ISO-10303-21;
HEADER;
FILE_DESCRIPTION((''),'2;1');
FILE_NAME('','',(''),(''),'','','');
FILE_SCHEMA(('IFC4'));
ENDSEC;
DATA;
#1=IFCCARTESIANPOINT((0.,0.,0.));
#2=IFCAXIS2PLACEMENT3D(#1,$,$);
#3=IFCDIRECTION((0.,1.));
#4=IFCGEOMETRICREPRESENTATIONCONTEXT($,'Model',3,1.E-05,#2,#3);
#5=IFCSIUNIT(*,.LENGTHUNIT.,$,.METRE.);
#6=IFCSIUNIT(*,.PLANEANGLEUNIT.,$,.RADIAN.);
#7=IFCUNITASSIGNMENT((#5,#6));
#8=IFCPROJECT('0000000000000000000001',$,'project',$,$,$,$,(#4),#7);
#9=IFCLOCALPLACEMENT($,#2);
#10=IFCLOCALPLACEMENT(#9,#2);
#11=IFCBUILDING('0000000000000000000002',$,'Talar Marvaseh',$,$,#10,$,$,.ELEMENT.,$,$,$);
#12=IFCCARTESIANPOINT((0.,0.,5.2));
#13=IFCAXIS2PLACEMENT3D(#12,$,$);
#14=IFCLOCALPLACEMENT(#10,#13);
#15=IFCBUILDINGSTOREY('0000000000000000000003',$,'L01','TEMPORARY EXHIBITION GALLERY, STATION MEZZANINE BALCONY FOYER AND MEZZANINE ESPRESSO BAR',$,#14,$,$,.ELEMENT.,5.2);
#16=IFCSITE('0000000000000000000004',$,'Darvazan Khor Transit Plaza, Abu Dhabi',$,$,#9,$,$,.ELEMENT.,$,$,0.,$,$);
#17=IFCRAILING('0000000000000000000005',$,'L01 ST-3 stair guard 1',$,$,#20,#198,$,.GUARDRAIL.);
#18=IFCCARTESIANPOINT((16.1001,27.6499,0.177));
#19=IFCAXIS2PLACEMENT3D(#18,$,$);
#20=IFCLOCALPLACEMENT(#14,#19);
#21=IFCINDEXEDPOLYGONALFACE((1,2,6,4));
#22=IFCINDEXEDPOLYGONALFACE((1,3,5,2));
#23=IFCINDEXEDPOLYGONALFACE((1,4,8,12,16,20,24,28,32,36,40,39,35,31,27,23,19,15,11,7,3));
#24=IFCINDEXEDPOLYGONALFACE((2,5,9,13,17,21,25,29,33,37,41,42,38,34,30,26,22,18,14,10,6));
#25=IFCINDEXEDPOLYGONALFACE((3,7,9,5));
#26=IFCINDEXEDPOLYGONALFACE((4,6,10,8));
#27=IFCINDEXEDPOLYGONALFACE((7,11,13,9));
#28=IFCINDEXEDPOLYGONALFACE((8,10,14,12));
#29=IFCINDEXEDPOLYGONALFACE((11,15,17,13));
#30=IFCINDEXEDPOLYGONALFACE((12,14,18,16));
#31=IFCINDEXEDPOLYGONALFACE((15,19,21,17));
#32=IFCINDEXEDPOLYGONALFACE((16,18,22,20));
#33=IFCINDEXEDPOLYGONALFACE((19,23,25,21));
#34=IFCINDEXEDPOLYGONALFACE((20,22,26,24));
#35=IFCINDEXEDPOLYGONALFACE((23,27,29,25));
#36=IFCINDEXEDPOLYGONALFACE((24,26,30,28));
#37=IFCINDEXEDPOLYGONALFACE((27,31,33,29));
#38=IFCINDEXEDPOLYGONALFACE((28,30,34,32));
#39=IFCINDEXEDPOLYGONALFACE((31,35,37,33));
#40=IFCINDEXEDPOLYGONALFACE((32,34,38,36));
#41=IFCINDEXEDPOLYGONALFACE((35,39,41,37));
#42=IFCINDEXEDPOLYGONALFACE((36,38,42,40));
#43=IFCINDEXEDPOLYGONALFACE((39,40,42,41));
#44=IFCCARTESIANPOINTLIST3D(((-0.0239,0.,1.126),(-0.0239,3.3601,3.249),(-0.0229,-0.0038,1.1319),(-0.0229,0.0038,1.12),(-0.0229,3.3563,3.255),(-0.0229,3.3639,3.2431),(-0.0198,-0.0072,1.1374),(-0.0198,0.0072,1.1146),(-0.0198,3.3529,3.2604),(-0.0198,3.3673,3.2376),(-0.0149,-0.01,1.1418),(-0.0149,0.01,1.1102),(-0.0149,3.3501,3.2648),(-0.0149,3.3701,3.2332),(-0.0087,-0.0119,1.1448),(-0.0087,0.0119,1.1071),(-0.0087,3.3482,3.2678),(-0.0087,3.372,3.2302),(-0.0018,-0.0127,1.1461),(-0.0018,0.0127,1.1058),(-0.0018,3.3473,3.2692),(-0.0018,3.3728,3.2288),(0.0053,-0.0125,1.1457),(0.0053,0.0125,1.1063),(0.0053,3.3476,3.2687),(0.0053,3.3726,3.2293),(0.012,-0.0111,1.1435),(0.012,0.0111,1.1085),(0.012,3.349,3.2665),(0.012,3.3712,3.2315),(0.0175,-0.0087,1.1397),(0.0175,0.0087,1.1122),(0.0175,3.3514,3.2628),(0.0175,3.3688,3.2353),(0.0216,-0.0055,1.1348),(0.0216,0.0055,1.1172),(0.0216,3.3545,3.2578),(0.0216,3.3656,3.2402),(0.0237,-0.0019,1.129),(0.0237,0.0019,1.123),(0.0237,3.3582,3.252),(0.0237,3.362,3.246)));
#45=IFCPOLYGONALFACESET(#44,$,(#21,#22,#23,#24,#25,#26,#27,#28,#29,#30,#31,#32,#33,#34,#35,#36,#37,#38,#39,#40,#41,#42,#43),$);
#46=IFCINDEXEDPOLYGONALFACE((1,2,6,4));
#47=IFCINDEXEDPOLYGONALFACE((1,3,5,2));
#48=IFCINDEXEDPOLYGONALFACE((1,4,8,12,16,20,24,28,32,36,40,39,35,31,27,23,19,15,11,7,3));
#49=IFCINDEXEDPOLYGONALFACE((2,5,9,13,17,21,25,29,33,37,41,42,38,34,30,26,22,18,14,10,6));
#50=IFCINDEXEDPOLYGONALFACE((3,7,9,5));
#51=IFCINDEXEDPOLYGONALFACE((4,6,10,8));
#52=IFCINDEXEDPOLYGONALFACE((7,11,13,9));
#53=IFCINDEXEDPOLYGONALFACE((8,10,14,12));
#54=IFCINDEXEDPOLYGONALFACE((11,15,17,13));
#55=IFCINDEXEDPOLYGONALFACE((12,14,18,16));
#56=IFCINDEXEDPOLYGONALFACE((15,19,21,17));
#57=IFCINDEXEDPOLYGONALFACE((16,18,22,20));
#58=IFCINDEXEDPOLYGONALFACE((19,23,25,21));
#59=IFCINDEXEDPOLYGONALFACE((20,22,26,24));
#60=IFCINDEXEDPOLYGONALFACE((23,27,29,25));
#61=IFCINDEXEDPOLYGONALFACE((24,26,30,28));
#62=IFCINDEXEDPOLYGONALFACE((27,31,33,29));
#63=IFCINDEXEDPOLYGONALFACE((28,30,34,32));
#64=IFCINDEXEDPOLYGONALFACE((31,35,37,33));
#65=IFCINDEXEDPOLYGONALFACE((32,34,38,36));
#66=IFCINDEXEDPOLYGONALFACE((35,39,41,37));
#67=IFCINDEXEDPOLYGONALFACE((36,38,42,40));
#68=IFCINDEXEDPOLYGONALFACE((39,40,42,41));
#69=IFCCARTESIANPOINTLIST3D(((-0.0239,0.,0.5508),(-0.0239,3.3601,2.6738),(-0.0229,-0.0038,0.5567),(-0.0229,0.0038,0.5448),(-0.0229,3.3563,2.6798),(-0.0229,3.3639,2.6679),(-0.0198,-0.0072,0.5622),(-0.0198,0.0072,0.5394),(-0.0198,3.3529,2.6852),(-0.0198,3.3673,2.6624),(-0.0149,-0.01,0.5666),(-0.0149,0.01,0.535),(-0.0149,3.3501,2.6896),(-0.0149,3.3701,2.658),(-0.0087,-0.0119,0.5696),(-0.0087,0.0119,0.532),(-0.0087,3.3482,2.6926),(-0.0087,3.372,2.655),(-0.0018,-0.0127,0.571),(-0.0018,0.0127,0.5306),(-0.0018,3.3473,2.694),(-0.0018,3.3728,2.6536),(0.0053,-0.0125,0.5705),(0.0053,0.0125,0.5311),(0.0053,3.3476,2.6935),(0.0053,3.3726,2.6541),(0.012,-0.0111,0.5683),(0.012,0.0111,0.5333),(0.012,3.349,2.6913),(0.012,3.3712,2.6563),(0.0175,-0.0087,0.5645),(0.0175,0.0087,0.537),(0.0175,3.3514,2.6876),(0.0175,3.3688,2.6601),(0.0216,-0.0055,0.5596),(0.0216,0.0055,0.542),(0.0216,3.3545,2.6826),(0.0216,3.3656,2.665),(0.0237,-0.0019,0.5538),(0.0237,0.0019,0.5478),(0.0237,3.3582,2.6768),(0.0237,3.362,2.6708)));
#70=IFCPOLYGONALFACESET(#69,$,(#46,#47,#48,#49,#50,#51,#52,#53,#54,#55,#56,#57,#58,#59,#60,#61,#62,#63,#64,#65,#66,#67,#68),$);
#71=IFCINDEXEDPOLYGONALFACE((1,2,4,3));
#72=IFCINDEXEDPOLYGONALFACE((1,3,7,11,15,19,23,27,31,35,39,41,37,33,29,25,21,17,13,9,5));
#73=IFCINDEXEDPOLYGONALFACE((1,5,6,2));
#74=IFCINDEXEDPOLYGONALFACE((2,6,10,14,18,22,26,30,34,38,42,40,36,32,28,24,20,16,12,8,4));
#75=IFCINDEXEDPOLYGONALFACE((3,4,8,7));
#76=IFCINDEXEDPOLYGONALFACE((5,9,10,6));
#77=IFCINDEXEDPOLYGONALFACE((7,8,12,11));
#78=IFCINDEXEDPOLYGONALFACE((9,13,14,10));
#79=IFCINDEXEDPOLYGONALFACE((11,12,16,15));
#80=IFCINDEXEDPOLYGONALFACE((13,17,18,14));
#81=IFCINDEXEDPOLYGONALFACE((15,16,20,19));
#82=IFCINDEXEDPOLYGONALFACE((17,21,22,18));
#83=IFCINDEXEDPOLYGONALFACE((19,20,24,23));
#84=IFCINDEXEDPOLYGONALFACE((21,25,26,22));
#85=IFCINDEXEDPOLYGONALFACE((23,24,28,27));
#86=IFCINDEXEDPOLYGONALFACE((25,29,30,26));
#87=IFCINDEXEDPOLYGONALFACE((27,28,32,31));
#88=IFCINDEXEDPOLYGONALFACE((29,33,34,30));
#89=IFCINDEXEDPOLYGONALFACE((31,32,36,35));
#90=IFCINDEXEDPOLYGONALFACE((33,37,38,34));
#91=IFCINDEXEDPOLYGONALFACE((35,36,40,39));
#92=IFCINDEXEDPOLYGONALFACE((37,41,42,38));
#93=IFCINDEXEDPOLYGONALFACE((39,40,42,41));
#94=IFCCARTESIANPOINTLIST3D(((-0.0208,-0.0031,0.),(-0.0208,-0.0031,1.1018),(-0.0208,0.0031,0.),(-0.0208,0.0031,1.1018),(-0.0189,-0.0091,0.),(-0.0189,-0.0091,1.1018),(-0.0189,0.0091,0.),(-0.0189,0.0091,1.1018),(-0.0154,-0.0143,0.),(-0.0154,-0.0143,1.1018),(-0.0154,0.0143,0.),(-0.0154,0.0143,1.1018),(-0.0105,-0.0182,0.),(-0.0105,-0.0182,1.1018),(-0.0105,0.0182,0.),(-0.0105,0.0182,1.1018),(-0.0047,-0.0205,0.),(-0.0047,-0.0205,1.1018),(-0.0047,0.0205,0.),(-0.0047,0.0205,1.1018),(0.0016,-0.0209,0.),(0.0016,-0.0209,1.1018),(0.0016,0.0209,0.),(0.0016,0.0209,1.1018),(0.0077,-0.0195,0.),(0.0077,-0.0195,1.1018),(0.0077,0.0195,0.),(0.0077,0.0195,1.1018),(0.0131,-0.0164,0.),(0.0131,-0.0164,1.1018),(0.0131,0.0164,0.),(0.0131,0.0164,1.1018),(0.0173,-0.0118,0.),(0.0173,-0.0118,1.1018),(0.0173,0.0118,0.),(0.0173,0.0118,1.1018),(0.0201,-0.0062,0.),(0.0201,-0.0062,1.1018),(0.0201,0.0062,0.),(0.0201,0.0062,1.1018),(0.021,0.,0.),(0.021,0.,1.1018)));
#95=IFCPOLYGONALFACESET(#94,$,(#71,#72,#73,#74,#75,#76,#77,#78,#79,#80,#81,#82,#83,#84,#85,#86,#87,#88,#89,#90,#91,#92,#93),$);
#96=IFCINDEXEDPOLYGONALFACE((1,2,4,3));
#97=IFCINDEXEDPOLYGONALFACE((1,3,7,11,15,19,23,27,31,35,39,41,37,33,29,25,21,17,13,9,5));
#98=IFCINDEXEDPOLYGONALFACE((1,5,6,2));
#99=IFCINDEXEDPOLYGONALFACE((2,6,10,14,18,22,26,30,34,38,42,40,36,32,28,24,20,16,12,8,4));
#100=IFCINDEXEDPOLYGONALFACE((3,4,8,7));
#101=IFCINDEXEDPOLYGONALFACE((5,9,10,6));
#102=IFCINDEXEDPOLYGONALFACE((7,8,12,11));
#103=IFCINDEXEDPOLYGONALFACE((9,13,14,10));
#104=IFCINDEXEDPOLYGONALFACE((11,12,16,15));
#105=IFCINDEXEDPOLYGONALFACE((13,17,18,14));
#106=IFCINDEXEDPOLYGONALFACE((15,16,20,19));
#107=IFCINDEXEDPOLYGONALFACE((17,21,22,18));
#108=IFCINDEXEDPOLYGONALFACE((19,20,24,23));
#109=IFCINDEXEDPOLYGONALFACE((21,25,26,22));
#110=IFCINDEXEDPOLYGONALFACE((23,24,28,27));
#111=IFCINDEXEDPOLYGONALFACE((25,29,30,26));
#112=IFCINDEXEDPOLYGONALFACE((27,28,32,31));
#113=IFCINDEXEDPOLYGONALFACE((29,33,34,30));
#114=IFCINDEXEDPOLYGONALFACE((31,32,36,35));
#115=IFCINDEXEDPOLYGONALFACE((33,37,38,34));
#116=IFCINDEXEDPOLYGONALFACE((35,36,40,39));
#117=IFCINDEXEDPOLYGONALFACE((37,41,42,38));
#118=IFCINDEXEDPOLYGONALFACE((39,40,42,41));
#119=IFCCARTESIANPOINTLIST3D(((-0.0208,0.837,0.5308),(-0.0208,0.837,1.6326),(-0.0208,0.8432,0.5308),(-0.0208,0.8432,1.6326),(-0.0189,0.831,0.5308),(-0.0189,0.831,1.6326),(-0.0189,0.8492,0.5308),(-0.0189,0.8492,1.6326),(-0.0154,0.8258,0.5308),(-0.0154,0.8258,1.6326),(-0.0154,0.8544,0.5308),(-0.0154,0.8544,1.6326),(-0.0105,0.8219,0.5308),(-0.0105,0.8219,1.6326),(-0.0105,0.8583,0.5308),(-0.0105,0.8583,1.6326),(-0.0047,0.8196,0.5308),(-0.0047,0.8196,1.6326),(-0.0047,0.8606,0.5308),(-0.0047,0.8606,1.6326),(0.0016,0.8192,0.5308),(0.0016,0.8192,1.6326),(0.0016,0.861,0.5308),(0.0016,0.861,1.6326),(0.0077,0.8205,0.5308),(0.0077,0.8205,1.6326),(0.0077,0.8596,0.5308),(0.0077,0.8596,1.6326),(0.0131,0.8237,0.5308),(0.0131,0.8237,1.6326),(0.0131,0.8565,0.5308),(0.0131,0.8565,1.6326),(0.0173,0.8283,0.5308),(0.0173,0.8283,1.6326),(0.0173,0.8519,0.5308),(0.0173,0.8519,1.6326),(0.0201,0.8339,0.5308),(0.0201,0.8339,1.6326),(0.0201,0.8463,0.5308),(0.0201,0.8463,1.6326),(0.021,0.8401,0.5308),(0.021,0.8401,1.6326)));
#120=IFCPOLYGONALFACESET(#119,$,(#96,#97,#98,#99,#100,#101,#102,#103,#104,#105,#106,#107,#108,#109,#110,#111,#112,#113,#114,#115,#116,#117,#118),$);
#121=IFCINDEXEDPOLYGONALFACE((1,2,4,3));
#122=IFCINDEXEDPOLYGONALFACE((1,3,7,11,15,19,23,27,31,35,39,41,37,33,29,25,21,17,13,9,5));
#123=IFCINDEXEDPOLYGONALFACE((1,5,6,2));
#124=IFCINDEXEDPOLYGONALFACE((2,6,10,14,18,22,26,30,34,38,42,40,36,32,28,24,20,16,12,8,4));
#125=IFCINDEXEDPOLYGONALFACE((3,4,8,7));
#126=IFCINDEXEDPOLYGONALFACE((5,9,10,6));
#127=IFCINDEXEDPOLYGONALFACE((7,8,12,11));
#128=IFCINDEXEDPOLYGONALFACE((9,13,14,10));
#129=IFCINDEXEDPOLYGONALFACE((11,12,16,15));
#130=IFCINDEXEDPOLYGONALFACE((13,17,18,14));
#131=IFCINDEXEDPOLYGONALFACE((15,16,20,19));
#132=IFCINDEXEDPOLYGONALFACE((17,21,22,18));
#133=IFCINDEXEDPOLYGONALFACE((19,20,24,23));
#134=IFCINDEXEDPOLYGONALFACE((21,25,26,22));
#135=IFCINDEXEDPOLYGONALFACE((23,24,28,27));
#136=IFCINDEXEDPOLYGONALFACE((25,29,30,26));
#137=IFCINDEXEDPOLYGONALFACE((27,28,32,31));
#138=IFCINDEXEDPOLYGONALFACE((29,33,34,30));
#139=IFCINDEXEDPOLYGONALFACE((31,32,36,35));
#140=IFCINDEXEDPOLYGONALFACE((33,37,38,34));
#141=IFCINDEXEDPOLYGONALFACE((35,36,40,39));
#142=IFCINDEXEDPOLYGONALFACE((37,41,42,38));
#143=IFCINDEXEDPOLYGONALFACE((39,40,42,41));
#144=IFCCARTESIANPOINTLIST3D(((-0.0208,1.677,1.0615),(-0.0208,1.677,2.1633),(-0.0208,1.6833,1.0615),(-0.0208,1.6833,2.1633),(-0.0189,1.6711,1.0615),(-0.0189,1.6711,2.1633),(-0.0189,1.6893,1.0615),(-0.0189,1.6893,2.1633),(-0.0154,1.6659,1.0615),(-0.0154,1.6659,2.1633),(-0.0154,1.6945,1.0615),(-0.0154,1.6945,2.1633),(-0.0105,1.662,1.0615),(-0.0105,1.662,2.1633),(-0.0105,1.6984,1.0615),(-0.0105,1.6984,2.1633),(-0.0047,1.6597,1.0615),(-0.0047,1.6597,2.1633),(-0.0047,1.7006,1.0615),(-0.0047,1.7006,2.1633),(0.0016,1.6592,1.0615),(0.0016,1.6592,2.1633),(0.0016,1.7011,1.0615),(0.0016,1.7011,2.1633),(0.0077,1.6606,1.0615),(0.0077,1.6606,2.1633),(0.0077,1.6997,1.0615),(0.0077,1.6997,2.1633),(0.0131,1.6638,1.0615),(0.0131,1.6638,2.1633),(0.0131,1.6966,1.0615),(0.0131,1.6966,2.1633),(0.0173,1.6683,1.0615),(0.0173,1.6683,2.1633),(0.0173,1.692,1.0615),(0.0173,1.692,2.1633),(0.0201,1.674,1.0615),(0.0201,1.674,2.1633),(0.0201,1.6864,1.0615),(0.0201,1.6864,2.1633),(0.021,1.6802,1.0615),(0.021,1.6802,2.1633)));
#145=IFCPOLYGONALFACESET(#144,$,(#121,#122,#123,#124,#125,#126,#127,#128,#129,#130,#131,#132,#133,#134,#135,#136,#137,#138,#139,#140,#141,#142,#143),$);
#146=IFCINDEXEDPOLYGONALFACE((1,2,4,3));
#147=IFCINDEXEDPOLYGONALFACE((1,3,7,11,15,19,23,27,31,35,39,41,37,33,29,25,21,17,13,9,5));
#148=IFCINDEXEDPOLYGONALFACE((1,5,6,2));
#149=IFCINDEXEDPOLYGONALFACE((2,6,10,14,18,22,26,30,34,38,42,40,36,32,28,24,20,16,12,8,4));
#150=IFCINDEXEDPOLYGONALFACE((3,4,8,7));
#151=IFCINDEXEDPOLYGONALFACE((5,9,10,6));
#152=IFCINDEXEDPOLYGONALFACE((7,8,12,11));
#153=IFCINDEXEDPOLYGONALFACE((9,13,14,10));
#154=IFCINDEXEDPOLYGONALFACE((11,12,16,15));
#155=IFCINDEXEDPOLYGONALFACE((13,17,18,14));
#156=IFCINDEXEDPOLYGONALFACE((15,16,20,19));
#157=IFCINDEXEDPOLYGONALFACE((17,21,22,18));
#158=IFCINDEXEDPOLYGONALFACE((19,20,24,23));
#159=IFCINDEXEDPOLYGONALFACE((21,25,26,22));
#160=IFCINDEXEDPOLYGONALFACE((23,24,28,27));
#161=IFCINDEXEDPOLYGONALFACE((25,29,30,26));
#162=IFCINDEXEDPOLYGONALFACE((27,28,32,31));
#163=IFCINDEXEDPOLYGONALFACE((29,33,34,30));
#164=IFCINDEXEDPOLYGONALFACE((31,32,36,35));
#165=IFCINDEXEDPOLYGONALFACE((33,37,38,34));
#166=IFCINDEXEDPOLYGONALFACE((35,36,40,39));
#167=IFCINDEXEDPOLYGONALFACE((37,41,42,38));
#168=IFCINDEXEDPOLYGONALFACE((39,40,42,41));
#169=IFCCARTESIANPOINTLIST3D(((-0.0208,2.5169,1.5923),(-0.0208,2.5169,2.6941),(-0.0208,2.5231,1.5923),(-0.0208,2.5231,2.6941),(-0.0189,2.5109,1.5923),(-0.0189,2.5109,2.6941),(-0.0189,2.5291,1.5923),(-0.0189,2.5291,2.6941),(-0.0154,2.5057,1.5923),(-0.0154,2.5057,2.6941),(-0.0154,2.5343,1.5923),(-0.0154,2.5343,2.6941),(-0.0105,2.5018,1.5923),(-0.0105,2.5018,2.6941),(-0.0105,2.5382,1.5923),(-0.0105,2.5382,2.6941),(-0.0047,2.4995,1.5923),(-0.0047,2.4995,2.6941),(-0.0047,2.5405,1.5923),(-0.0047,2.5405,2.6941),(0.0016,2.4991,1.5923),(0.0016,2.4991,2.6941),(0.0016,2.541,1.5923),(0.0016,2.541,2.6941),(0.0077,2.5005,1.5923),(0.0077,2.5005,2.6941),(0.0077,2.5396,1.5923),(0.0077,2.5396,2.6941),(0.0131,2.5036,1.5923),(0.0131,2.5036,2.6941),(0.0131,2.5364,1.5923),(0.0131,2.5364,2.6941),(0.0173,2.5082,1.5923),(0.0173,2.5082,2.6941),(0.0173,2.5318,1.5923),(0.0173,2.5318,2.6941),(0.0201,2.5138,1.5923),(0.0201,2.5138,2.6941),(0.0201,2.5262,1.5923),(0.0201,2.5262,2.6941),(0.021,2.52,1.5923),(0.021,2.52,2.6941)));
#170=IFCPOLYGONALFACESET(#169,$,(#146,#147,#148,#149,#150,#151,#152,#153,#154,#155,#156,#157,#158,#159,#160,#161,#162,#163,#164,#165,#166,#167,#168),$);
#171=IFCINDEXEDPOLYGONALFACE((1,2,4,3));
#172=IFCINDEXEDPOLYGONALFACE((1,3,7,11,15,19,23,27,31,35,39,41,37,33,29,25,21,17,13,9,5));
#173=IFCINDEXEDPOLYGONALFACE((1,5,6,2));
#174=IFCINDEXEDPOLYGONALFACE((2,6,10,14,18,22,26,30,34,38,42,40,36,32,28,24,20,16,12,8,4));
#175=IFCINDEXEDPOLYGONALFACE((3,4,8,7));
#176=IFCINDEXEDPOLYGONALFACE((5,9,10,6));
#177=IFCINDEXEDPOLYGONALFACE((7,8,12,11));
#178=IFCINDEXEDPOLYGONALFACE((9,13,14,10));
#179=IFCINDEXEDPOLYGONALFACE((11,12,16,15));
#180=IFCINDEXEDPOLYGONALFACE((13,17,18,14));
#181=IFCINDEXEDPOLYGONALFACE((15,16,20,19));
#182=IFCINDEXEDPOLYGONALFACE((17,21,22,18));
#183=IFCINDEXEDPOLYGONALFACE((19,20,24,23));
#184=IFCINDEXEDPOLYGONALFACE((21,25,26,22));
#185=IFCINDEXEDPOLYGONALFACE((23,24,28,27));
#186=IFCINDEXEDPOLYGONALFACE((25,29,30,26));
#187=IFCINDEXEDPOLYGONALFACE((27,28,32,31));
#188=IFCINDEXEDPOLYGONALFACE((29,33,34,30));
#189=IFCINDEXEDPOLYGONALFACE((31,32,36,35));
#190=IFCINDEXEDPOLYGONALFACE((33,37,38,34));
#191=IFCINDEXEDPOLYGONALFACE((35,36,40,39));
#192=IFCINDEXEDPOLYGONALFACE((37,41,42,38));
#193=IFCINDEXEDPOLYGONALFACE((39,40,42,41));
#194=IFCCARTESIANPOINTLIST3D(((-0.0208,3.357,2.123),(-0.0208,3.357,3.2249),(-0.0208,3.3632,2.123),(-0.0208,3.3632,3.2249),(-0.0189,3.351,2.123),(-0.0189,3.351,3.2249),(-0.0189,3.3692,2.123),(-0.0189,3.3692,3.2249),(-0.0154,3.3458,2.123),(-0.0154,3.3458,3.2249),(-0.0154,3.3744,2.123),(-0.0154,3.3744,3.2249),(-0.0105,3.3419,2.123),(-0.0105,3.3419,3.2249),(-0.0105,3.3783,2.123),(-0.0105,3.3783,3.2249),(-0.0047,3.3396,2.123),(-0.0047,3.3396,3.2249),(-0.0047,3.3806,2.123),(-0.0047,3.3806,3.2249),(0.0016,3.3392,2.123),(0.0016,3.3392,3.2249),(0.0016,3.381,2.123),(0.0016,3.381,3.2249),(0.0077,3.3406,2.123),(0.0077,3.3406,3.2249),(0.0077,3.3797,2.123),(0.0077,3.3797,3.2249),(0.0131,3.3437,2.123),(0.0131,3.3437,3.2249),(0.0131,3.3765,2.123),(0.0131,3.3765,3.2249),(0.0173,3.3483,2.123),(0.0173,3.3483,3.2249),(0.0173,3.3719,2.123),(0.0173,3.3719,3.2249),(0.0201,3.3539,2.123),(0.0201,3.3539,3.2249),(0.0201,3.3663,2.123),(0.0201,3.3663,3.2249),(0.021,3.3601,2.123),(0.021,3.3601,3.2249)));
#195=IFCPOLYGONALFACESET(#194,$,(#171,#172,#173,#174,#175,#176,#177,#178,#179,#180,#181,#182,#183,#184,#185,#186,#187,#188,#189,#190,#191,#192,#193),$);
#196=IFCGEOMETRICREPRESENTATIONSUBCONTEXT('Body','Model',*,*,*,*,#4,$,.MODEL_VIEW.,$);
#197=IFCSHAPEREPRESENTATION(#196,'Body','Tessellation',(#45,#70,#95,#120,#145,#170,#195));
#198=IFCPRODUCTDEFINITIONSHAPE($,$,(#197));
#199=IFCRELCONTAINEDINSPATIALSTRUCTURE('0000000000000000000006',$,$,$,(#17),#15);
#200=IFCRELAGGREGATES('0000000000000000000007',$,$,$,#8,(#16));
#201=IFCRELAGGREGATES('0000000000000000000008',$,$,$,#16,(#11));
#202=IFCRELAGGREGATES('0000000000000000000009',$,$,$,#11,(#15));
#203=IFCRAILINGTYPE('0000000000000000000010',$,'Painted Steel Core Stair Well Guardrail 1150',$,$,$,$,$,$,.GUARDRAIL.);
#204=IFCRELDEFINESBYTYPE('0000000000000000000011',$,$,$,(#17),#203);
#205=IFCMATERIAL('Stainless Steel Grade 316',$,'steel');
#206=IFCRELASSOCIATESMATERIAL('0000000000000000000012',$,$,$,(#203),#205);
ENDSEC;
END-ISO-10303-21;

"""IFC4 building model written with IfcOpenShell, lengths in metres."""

from ifc_helpers import new_model, si_unit, direction, frame, origin, origin_2d, place, context, subcontext, project, spatial, circle, extrude, material, type_object, element, save


model = new_model("IFC4")

# Units and contexts
model_context = context("Model", 3, precision=1e-05, world=origin(), true_north=direction((0.0, 1.0)))
body_context = subcontext(model_context, "Body", "Model", "MODEL_VIEW")
ifc_project = project(units=[si_unit("LENGTHUNIT", "METRE"), si_unit("PLANEANGLEUNIT", "RADIAN")], contexts=[model_context])

# Site, building, storey
site_placement = place(None, origin())
site = spatial("IfcSite", under=ifc_project, at=site_placement, Name="Darvazan Khor Transit Plaza, Abu Dhabi", CompositionType="ELEMENT", RefElevation=0.0)
building_placement = place(site_placement, origin())
building = spatial("IfcBuilding", under=site, at=building_placement, Name="Talar Marvaseh", CompositionType="ELEMENT")
storey_placement = place(building_placement, frame((0.0, 0.0, 5.2)))
storey = spatial("IfcBuildingStorey", under=building, at=storey_placement, Name="L01", Description="TEMPORARY EXHIBITION GALLERY, STATION MEZZANINE BALCONY FOYER AND MEZZANINE ESPRESSO BAR", CompositionType="ELEMENT", Elevation=5.2)

# Railing
ifc_material_1 = material(Name="Stainless Steel Grade 316", Category="steel")
railing_type = type_object("IfcRailingType", Name="Painted Steel Core Stair Well Guardrail 1150", PredefinedType="GUARDRAIL", material=ifc_material_1)
railing_1_placement = place(storey_placement, frame((16.1001, 27.6499, 0.177)))
element("IfcRailing", 1, at=railing_1_placement, inside=storey, type_object=railing_type, Name="L01 ST-3 stair guard 1", PredefinedType="GUARDRAIL", context=body_context, shape_type="SweptSolid", body=[
    extrude(circle(Radius=0.0239, at=origin_2d()), frame((0.0, 0.0, 1.126), z_axis=(0.0, 0.84539, 0.53415), x_axis=(-1.0, 0.0, 0.0)), (0.0, 0.0, 1.0), 3.9746),
    extrude(circle(Radius=0.0239, at=origin_2d()), frame((0.0, 0.0, 0.5508), z_axis=(0.0, 0.84539, 0.53415), x_axis=(-1.0, 0.0, 0.0)), (0.0, 0.0, 1.0), 3.9746),
    extrude(circle(Radius=0.021, at=origin_2d()), origin(), (0.0, 0.0, 1.0), 1.1018),
    extrude(circle(Radius=0.021, at=origin_2d()), frame((0.0, 0.8401, 0.5308)), (0.0, 0.0, 1.0), 1.1018),
    extrude(circle(Radius=0.021, at=origin_2d()), frame((0.0, 1.6802, 1.0615)), (0.0, 0.0, 1.0), 1.1018),
    extrude(circle(Radius=0.021, at=origin_2d()), frame((0.0, 2.52, 1.5923)), (0.0, 0.0, 1.0), 1.1018),
    extrude(circle(Radius=0.021, at=origin_2d()), frame((0.0, 3.3601, 2.123)), (0.0, 0.0, 1.0), 1.1018),
])

save(model, "model.ifc")
